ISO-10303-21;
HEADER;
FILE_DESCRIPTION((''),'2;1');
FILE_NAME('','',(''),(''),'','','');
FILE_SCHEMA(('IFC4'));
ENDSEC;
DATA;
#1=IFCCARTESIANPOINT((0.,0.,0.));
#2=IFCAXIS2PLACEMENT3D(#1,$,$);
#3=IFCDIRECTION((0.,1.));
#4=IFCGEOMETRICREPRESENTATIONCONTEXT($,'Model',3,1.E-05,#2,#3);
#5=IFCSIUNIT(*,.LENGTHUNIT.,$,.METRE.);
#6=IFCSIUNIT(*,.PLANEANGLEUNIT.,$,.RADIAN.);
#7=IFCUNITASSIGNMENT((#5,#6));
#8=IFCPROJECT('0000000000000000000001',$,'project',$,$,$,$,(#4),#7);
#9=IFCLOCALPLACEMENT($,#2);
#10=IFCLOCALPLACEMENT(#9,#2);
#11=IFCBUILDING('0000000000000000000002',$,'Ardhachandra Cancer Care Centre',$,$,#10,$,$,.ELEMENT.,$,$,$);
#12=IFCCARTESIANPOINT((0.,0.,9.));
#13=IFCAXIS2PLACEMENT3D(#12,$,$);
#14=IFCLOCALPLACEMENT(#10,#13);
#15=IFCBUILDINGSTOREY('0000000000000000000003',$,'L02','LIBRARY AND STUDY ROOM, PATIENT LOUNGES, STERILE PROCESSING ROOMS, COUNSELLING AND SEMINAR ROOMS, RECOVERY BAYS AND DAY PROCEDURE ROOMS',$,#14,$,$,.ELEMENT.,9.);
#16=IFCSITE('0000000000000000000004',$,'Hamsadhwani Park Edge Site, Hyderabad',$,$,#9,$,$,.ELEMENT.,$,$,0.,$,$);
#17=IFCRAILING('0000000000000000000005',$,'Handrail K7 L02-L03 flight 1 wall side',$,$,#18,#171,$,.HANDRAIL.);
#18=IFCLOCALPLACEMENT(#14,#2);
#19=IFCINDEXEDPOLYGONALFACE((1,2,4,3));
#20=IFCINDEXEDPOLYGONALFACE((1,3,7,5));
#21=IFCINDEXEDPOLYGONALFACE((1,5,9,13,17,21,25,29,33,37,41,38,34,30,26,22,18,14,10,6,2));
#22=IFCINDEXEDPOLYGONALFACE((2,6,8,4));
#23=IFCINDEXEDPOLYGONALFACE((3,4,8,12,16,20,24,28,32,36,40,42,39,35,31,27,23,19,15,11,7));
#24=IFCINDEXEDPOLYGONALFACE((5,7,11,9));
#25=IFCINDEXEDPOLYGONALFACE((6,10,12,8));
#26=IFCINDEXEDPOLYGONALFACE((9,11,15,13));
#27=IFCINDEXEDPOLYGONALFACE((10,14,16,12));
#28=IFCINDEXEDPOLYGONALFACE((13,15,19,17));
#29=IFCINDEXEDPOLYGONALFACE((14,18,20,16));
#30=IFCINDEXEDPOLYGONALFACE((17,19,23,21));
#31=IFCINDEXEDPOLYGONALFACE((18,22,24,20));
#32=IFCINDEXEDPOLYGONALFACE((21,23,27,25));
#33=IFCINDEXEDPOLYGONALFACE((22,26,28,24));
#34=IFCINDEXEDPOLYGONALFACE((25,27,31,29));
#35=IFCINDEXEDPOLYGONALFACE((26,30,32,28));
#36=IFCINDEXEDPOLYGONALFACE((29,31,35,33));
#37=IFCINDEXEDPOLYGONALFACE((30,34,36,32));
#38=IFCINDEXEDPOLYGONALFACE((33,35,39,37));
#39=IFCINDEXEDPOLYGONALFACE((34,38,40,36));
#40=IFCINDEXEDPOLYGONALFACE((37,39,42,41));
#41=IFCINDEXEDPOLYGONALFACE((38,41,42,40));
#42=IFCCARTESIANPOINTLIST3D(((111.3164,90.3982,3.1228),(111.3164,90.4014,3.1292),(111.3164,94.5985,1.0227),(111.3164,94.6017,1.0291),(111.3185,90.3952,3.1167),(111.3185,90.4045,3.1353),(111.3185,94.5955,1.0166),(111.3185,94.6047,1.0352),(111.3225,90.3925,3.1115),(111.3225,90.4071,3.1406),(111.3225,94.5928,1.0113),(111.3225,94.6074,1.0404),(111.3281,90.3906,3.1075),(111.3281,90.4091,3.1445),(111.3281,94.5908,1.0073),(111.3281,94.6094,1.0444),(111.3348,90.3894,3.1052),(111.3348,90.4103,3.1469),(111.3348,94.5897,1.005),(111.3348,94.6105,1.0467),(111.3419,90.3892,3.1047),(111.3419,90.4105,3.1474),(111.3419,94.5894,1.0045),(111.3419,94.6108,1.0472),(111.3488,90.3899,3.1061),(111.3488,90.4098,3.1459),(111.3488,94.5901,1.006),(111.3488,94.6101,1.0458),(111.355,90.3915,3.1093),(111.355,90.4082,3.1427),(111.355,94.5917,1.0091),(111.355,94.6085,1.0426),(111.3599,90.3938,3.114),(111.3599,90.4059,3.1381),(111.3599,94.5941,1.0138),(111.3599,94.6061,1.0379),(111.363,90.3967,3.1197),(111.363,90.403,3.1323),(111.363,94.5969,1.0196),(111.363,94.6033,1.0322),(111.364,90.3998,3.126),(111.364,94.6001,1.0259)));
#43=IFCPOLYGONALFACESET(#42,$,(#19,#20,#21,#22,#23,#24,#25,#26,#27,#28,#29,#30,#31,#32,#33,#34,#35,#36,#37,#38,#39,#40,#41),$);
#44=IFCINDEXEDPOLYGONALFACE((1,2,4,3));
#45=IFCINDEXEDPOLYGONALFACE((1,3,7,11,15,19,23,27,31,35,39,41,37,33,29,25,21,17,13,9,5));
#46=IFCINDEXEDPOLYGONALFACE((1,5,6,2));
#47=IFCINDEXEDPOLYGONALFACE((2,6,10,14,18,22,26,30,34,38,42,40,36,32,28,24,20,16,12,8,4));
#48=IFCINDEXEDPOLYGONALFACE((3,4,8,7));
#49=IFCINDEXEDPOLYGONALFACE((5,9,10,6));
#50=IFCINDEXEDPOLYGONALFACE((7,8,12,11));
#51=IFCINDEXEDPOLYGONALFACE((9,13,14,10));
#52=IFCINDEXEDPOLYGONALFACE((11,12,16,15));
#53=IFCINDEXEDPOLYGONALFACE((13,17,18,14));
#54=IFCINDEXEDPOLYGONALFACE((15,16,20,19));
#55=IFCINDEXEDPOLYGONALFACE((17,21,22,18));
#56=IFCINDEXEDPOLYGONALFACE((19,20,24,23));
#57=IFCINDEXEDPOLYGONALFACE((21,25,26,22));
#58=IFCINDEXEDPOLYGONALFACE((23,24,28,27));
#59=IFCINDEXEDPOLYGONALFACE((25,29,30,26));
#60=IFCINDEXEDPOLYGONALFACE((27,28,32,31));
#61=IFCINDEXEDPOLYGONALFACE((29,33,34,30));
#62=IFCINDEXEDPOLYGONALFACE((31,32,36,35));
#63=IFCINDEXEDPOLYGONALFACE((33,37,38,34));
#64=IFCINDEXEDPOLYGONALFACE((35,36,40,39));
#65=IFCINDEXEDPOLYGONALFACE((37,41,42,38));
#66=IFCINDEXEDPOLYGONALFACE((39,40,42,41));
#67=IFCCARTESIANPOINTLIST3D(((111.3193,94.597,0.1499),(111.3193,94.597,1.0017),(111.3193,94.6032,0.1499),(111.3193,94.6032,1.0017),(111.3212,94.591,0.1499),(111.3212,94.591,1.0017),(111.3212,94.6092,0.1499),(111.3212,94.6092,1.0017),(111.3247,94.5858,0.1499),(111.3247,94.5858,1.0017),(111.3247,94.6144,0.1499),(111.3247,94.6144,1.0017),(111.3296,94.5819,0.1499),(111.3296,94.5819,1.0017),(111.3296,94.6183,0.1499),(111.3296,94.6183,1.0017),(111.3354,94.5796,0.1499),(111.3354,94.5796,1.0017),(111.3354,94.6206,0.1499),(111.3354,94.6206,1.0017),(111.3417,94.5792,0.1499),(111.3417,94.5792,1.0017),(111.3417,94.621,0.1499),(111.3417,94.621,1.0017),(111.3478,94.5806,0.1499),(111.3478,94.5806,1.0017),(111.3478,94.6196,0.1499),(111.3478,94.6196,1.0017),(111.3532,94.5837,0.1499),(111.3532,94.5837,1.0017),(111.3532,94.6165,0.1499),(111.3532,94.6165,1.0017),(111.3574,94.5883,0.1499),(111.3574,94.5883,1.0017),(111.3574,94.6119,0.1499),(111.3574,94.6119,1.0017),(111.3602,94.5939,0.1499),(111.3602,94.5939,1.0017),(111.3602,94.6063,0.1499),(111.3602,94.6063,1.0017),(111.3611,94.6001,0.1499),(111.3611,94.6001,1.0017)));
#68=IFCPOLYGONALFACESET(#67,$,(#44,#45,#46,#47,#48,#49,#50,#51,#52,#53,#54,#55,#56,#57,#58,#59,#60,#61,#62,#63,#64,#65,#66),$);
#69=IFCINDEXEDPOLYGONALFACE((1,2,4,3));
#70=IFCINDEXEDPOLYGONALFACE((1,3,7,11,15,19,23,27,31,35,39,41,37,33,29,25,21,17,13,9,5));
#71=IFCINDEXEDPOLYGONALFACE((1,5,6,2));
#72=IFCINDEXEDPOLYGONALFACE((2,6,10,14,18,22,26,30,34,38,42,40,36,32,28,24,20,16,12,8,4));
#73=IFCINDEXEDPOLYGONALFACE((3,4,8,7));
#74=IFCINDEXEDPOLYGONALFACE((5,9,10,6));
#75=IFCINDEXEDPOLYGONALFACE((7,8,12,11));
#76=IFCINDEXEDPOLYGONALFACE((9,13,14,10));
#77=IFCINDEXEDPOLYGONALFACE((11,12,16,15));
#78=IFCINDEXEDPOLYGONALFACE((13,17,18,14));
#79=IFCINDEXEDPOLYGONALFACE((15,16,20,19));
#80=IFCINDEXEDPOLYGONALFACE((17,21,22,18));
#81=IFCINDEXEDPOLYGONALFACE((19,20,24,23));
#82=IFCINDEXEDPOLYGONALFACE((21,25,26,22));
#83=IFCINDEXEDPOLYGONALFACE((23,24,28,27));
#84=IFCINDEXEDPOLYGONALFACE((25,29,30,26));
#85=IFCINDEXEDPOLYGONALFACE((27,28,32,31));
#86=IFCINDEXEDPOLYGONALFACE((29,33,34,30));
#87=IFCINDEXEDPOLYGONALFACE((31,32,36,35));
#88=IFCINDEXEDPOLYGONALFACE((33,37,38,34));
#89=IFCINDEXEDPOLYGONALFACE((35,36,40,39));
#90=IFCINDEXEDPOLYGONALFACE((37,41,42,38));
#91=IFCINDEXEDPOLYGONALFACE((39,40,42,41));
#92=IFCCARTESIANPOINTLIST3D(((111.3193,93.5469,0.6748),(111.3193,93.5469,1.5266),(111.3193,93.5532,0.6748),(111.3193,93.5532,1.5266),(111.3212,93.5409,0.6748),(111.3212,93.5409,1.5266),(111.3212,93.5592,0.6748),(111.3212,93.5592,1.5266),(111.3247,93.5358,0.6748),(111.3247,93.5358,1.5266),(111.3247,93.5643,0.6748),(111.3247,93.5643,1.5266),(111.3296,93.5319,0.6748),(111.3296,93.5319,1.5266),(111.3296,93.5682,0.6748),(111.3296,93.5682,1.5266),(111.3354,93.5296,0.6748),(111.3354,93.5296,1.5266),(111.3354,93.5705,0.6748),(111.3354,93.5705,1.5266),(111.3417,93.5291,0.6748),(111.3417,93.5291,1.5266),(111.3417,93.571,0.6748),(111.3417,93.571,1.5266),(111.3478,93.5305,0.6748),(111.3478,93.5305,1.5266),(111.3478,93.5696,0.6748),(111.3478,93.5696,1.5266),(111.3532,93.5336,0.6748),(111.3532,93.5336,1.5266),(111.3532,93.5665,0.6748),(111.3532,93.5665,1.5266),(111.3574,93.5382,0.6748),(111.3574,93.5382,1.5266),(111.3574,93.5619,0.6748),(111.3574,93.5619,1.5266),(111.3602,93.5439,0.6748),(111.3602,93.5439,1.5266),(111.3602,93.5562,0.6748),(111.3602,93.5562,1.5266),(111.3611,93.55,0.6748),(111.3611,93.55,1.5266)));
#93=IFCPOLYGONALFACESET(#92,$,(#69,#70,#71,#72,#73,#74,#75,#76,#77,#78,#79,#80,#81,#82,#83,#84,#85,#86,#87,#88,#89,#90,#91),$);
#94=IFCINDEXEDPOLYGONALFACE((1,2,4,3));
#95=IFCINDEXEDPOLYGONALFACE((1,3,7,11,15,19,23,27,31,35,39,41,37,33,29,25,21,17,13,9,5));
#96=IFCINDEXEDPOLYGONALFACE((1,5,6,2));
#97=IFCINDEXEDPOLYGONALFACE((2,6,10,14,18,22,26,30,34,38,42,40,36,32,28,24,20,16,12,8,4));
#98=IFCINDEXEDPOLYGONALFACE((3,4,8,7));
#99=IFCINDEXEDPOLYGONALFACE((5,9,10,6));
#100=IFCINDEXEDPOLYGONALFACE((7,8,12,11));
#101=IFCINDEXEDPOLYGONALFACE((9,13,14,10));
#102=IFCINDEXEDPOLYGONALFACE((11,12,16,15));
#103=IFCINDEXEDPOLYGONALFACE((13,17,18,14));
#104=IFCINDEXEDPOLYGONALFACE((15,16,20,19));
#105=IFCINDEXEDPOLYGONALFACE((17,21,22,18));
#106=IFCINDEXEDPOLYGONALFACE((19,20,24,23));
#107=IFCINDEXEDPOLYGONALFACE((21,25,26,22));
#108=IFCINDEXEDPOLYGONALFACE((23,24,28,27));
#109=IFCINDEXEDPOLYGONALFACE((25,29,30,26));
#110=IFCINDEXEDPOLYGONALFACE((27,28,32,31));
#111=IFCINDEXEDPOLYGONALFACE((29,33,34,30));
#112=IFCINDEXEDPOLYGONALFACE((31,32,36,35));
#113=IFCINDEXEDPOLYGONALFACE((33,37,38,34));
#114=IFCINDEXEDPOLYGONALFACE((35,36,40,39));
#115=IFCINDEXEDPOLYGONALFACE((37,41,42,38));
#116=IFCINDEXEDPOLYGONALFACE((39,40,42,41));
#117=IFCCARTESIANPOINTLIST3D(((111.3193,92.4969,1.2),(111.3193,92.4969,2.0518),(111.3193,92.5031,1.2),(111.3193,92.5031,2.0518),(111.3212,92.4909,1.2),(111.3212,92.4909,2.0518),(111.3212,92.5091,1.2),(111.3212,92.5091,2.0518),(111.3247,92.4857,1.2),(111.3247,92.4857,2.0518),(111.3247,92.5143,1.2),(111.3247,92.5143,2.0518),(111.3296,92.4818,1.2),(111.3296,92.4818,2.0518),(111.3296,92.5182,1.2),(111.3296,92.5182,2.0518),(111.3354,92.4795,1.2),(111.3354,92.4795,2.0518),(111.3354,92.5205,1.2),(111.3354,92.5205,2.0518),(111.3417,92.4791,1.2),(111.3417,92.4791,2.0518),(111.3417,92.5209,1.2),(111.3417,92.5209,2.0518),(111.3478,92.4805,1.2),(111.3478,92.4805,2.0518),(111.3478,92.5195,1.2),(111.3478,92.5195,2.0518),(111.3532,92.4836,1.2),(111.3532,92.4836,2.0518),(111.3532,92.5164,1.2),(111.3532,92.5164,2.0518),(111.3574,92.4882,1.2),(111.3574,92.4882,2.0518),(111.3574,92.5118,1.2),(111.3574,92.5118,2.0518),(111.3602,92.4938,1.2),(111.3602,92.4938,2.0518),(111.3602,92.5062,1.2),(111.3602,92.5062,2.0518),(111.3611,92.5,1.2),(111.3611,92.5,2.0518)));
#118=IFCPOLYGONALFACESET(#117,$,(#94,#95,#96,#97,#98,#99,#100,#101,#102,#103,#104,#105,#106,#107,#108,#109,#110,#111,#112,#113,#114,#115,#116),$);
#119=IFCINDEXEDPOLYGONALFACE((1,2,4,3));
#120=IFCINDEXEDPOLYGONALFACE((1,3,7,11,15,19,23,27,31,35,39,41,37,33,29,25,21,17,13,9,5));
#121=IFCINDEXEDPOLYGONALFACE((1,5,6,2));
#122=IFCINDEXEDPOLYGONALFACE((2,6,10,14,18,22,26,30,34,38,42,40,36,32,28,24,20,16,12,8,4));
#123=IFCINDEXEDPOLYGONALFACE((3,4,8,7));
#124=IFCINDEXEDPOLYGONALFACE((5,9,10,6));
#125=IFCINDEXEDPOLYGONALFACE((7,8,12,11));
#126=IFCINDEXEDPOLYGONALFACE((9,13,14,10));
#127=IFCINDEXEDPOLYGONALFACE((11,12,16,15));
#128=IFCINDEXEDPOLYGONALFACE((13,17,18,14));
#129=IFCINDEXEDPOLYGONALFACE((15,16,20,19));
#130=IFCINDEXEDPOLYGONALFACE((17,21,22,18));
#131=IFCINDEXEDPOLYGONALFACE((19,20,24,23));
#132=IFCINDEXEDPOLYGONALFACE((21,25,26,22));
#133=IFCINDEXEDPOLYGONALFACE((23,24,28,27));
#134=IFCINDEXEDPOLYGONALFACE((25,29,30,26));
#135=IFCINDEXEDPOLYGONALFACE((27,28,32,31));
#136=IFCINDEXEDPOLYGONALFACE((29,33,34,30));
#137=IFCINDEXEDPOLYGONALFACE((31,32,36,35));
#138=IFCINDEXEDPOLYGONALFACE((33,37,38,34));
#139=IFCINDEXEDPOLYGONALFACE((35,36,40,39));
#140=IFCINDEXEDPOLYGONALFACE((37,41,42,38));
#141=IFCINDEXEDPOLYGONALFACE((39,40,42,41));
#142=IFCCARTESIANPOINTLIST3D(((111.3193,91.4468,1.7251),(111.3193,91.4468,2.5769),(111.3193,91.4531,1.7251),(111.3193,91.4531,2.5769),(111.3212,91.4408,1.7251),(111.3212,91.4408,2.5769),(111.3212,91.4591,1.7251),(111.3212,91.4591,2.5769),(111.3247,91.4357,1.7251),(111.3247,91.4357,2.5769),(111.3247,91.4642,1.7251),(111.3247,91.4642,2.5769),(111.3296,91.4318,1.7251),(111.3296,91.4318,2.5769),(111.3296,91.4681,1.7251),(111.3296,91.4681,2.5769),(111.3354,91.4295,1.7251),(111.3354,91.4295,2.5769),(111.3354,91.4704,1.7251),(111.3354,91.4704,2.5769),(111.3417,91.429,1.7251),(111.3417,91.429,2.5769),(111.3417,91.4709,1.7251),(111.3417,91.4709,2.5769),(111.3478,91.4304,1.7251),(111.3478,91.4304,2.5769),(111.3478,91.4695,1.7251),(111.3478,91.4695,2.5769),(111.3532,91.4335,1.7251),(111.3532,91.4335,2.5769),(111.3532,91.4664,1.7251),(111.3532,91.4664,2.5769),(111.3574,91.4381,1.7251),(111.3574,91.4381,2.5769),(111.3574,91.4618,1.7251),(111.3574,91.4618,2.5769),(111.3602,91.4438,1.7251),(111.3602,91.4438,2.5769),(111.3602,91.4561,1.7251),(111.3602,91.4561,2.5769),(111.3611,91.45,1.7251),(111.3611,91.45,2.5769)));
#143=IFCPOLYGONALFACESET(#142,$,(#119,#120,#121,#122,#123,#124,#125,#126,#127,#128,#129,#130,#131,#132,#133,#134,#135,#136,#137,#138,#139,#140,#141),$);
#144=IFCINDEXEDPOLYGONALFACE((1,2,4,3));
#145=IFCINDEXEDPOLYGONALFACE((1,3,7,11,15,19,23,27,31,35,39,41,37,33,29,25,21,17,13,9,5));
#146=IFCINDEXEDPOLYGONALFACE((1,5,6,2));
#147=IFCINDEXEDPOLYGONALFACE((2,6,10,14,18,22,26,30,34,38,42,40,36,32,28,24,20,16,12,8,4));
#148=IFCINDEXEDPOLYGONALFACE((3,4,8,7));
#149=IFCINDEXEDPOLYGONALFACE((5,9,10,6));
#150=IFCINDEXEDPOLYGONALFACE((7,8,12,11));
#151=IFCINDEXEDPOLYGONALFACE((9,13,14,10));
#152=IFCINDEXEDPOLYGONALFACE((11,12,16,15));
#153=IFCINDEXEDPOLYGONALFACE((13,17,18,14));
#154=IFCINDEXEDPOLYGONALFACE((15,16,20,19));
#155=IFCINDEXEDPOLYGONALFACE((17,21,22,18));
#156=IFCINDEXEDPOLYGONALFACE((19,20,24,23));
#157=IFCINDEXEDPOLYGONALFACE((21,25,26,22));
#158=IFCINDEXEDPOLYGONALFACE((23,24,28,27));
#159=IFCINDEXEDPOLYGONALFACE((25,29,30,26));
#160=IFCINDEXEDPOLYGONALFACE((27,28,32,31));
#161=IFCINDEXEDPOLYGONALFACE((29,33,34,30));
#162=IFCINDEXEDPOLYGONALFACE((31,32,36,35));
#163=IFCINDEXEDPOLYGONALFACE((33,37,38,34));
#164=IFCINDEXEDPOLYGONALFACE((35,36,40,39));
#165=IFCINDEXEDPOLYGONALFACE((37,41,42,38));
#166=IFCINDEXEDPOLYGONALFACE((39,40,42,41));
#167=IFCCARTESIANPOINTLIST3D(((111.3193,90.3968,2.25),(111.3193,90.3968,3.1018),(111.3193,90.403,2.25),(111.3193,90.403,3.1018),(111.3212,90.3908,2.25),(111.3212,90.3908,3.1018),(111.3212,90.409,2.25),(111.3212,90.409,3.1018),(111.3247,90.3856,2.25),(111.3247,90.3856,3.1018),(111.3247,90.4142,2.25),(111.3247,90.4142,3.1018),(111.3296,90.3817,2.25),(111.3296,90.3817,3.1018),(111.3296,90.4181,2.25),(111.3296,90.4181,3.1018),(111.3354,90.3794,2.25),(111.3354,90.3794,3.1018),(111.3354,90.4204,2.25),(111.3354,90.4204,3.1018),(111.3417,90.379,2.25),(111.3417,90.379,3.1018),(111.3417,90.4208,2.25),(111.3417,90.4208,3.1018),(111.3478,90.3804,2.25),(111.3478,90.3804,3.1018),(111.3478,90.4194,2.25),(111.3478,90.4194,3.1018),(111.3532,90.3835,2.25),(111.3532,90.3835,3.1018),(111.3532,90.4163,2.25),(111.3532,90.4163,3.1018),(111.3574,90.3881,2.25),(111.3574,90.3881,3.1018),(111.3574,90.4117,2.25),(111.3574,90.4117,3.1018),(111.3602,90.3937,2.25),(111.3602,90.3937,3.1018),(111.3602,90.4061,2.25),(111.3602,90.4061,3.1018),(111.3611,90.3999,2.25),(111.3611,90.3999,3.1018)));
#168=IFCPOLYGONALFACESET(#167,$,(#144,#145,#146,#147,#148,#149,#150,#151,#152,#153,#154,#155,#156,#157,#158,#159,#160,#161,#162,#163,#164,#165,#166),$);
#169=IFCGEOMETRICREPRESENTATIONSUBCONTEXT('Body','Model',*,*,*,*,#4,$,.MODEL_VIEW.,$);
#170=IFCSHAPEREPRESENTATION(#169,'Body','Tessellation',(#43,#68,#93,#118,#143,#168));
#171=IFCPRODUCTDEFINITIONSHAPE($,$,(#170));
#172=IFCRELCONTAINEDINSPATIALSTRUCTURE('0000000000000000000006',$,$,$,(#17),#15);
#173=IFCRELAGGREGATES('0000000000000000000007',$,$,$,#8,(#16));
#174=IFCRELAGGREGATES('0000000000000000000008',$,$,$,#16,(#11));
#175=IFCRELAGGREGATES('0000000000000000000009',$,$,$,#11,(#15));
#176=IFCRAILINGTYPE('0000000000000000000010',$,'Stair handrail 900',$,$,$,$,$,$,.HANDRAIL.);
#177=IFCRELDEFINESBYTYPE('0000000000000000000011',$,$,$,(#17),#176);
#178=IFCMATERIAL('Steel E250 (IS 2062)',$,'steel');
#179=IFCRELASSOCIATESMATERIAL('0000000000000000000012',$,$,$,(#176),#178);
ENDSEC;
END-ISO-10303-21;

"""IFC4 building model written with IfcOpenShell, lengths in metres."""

from ifc_helpers import new_model, si_unit, direction, frame, origin, origin_2d, place, context, subcontext, project, spatial, circle, extrude, material, type_object, element, save


model = new_model("IFC4")

# Units and contexts
model_context = context("Model", 3, precision=1e-05, world=origin(), true_north=direction((0.0, 1.0)))
body_context = subcontext(model_context, "Body", "Model", "MODEL_VIEW")
ifc_project = project(units=[si_unit("LENGTHUNIT", "METRE"), si_unit("PLANEANGLEUNIT", "RADIAN")], contexts=[model_context])

# Site, building, storey
site_placement = place(None, origin())
site = spatial("IfcSite", under=ifc_project, at=site_placement, Name="Hamsadhwani Park Edge Site, Hyderabad", CompositionType="ELEMENT", RefElevation=0.0)
building_placement = place(site_placement, origin())
building = spatial("IfcBuilding", under=site, at=building_placement, Name="Ardhachandra Cancer Care Centre", CompositionType="ELEMENT")
storey_placement = place(building_placement, frame((0.0, 0.0, 9.0)))
storey = spatial("IfcBuildingStorey", under=building, at=storey_placement, Name="L02", Description="LIBRARY AND STUDY ROOM, PATIENT LOUNGES, STERILE PROCESSING ROOMS, COUNSELLING AND SEMINAR ROOMS, RECOVERY BAYS AND DAY PROCEDURE ROOMS", CompositionType="ELEMENT", Elevation=9.0)

# Railing
ifc_material_1 = material(Name="Steel E250 (IS 2062)", Category="steel")
railing_type_1 = type_object("IfcRailingType", Name="Stair handrail 900", PredefinedType="HANDRAIL", material=ifc_material_1)
for number, where, name in (
    (1, (111.3401, 94.6001, 0.1499), "Handrail K7 L02-L03 flight 1 wall side"),
):
    element("IfcRailing", number, at=place(storey_placement, frame(where)), inside=storey, type_object=railing_type_1, Name=name, PredefinedType="HANDRAIL", context=body_context, shape_type="SweptSolid", body=[
        extrude(circle(Radius=0.0239, at=origin_2d()), frame((0.0, 0.0, 0.876), z_axis=(0.0, -0.894427, 0.447214), x_axis=(1.0, 0.0, 0.0)), (0.0, 0.0, 1.0), 4.696),
        extrude(circle(Radius=0.021, at=origin_2d()), origin(), (0.0, 0.0, 1.0), 0.8518),
        extrude(circle(Radius=0.021, at=origin_2d()), frame((0.0, -1.05, 0.5249)), (0.0, 0.0, 1.0), 0.8518),
        extrude(circle(Radius=0.021, at=origin_2d()), frame((0.0, -2.1001, 1.05)), (0.0, 0.0, 1.0), 0.8518),
        extrude(circle(Radius=0.021, at=origin_2d()), frame((0.0, -3.1501, 1.5752)), (0.0, 0.0, 1.0), 0.8518),
        extrude(circle(Radius=0.021, at=origin_2d()), frame((0.0, -4.2002, 2.1001)), (0.0, 0.0, 1.0), 0.8518),
    ])

save(model, "model.ifc")
